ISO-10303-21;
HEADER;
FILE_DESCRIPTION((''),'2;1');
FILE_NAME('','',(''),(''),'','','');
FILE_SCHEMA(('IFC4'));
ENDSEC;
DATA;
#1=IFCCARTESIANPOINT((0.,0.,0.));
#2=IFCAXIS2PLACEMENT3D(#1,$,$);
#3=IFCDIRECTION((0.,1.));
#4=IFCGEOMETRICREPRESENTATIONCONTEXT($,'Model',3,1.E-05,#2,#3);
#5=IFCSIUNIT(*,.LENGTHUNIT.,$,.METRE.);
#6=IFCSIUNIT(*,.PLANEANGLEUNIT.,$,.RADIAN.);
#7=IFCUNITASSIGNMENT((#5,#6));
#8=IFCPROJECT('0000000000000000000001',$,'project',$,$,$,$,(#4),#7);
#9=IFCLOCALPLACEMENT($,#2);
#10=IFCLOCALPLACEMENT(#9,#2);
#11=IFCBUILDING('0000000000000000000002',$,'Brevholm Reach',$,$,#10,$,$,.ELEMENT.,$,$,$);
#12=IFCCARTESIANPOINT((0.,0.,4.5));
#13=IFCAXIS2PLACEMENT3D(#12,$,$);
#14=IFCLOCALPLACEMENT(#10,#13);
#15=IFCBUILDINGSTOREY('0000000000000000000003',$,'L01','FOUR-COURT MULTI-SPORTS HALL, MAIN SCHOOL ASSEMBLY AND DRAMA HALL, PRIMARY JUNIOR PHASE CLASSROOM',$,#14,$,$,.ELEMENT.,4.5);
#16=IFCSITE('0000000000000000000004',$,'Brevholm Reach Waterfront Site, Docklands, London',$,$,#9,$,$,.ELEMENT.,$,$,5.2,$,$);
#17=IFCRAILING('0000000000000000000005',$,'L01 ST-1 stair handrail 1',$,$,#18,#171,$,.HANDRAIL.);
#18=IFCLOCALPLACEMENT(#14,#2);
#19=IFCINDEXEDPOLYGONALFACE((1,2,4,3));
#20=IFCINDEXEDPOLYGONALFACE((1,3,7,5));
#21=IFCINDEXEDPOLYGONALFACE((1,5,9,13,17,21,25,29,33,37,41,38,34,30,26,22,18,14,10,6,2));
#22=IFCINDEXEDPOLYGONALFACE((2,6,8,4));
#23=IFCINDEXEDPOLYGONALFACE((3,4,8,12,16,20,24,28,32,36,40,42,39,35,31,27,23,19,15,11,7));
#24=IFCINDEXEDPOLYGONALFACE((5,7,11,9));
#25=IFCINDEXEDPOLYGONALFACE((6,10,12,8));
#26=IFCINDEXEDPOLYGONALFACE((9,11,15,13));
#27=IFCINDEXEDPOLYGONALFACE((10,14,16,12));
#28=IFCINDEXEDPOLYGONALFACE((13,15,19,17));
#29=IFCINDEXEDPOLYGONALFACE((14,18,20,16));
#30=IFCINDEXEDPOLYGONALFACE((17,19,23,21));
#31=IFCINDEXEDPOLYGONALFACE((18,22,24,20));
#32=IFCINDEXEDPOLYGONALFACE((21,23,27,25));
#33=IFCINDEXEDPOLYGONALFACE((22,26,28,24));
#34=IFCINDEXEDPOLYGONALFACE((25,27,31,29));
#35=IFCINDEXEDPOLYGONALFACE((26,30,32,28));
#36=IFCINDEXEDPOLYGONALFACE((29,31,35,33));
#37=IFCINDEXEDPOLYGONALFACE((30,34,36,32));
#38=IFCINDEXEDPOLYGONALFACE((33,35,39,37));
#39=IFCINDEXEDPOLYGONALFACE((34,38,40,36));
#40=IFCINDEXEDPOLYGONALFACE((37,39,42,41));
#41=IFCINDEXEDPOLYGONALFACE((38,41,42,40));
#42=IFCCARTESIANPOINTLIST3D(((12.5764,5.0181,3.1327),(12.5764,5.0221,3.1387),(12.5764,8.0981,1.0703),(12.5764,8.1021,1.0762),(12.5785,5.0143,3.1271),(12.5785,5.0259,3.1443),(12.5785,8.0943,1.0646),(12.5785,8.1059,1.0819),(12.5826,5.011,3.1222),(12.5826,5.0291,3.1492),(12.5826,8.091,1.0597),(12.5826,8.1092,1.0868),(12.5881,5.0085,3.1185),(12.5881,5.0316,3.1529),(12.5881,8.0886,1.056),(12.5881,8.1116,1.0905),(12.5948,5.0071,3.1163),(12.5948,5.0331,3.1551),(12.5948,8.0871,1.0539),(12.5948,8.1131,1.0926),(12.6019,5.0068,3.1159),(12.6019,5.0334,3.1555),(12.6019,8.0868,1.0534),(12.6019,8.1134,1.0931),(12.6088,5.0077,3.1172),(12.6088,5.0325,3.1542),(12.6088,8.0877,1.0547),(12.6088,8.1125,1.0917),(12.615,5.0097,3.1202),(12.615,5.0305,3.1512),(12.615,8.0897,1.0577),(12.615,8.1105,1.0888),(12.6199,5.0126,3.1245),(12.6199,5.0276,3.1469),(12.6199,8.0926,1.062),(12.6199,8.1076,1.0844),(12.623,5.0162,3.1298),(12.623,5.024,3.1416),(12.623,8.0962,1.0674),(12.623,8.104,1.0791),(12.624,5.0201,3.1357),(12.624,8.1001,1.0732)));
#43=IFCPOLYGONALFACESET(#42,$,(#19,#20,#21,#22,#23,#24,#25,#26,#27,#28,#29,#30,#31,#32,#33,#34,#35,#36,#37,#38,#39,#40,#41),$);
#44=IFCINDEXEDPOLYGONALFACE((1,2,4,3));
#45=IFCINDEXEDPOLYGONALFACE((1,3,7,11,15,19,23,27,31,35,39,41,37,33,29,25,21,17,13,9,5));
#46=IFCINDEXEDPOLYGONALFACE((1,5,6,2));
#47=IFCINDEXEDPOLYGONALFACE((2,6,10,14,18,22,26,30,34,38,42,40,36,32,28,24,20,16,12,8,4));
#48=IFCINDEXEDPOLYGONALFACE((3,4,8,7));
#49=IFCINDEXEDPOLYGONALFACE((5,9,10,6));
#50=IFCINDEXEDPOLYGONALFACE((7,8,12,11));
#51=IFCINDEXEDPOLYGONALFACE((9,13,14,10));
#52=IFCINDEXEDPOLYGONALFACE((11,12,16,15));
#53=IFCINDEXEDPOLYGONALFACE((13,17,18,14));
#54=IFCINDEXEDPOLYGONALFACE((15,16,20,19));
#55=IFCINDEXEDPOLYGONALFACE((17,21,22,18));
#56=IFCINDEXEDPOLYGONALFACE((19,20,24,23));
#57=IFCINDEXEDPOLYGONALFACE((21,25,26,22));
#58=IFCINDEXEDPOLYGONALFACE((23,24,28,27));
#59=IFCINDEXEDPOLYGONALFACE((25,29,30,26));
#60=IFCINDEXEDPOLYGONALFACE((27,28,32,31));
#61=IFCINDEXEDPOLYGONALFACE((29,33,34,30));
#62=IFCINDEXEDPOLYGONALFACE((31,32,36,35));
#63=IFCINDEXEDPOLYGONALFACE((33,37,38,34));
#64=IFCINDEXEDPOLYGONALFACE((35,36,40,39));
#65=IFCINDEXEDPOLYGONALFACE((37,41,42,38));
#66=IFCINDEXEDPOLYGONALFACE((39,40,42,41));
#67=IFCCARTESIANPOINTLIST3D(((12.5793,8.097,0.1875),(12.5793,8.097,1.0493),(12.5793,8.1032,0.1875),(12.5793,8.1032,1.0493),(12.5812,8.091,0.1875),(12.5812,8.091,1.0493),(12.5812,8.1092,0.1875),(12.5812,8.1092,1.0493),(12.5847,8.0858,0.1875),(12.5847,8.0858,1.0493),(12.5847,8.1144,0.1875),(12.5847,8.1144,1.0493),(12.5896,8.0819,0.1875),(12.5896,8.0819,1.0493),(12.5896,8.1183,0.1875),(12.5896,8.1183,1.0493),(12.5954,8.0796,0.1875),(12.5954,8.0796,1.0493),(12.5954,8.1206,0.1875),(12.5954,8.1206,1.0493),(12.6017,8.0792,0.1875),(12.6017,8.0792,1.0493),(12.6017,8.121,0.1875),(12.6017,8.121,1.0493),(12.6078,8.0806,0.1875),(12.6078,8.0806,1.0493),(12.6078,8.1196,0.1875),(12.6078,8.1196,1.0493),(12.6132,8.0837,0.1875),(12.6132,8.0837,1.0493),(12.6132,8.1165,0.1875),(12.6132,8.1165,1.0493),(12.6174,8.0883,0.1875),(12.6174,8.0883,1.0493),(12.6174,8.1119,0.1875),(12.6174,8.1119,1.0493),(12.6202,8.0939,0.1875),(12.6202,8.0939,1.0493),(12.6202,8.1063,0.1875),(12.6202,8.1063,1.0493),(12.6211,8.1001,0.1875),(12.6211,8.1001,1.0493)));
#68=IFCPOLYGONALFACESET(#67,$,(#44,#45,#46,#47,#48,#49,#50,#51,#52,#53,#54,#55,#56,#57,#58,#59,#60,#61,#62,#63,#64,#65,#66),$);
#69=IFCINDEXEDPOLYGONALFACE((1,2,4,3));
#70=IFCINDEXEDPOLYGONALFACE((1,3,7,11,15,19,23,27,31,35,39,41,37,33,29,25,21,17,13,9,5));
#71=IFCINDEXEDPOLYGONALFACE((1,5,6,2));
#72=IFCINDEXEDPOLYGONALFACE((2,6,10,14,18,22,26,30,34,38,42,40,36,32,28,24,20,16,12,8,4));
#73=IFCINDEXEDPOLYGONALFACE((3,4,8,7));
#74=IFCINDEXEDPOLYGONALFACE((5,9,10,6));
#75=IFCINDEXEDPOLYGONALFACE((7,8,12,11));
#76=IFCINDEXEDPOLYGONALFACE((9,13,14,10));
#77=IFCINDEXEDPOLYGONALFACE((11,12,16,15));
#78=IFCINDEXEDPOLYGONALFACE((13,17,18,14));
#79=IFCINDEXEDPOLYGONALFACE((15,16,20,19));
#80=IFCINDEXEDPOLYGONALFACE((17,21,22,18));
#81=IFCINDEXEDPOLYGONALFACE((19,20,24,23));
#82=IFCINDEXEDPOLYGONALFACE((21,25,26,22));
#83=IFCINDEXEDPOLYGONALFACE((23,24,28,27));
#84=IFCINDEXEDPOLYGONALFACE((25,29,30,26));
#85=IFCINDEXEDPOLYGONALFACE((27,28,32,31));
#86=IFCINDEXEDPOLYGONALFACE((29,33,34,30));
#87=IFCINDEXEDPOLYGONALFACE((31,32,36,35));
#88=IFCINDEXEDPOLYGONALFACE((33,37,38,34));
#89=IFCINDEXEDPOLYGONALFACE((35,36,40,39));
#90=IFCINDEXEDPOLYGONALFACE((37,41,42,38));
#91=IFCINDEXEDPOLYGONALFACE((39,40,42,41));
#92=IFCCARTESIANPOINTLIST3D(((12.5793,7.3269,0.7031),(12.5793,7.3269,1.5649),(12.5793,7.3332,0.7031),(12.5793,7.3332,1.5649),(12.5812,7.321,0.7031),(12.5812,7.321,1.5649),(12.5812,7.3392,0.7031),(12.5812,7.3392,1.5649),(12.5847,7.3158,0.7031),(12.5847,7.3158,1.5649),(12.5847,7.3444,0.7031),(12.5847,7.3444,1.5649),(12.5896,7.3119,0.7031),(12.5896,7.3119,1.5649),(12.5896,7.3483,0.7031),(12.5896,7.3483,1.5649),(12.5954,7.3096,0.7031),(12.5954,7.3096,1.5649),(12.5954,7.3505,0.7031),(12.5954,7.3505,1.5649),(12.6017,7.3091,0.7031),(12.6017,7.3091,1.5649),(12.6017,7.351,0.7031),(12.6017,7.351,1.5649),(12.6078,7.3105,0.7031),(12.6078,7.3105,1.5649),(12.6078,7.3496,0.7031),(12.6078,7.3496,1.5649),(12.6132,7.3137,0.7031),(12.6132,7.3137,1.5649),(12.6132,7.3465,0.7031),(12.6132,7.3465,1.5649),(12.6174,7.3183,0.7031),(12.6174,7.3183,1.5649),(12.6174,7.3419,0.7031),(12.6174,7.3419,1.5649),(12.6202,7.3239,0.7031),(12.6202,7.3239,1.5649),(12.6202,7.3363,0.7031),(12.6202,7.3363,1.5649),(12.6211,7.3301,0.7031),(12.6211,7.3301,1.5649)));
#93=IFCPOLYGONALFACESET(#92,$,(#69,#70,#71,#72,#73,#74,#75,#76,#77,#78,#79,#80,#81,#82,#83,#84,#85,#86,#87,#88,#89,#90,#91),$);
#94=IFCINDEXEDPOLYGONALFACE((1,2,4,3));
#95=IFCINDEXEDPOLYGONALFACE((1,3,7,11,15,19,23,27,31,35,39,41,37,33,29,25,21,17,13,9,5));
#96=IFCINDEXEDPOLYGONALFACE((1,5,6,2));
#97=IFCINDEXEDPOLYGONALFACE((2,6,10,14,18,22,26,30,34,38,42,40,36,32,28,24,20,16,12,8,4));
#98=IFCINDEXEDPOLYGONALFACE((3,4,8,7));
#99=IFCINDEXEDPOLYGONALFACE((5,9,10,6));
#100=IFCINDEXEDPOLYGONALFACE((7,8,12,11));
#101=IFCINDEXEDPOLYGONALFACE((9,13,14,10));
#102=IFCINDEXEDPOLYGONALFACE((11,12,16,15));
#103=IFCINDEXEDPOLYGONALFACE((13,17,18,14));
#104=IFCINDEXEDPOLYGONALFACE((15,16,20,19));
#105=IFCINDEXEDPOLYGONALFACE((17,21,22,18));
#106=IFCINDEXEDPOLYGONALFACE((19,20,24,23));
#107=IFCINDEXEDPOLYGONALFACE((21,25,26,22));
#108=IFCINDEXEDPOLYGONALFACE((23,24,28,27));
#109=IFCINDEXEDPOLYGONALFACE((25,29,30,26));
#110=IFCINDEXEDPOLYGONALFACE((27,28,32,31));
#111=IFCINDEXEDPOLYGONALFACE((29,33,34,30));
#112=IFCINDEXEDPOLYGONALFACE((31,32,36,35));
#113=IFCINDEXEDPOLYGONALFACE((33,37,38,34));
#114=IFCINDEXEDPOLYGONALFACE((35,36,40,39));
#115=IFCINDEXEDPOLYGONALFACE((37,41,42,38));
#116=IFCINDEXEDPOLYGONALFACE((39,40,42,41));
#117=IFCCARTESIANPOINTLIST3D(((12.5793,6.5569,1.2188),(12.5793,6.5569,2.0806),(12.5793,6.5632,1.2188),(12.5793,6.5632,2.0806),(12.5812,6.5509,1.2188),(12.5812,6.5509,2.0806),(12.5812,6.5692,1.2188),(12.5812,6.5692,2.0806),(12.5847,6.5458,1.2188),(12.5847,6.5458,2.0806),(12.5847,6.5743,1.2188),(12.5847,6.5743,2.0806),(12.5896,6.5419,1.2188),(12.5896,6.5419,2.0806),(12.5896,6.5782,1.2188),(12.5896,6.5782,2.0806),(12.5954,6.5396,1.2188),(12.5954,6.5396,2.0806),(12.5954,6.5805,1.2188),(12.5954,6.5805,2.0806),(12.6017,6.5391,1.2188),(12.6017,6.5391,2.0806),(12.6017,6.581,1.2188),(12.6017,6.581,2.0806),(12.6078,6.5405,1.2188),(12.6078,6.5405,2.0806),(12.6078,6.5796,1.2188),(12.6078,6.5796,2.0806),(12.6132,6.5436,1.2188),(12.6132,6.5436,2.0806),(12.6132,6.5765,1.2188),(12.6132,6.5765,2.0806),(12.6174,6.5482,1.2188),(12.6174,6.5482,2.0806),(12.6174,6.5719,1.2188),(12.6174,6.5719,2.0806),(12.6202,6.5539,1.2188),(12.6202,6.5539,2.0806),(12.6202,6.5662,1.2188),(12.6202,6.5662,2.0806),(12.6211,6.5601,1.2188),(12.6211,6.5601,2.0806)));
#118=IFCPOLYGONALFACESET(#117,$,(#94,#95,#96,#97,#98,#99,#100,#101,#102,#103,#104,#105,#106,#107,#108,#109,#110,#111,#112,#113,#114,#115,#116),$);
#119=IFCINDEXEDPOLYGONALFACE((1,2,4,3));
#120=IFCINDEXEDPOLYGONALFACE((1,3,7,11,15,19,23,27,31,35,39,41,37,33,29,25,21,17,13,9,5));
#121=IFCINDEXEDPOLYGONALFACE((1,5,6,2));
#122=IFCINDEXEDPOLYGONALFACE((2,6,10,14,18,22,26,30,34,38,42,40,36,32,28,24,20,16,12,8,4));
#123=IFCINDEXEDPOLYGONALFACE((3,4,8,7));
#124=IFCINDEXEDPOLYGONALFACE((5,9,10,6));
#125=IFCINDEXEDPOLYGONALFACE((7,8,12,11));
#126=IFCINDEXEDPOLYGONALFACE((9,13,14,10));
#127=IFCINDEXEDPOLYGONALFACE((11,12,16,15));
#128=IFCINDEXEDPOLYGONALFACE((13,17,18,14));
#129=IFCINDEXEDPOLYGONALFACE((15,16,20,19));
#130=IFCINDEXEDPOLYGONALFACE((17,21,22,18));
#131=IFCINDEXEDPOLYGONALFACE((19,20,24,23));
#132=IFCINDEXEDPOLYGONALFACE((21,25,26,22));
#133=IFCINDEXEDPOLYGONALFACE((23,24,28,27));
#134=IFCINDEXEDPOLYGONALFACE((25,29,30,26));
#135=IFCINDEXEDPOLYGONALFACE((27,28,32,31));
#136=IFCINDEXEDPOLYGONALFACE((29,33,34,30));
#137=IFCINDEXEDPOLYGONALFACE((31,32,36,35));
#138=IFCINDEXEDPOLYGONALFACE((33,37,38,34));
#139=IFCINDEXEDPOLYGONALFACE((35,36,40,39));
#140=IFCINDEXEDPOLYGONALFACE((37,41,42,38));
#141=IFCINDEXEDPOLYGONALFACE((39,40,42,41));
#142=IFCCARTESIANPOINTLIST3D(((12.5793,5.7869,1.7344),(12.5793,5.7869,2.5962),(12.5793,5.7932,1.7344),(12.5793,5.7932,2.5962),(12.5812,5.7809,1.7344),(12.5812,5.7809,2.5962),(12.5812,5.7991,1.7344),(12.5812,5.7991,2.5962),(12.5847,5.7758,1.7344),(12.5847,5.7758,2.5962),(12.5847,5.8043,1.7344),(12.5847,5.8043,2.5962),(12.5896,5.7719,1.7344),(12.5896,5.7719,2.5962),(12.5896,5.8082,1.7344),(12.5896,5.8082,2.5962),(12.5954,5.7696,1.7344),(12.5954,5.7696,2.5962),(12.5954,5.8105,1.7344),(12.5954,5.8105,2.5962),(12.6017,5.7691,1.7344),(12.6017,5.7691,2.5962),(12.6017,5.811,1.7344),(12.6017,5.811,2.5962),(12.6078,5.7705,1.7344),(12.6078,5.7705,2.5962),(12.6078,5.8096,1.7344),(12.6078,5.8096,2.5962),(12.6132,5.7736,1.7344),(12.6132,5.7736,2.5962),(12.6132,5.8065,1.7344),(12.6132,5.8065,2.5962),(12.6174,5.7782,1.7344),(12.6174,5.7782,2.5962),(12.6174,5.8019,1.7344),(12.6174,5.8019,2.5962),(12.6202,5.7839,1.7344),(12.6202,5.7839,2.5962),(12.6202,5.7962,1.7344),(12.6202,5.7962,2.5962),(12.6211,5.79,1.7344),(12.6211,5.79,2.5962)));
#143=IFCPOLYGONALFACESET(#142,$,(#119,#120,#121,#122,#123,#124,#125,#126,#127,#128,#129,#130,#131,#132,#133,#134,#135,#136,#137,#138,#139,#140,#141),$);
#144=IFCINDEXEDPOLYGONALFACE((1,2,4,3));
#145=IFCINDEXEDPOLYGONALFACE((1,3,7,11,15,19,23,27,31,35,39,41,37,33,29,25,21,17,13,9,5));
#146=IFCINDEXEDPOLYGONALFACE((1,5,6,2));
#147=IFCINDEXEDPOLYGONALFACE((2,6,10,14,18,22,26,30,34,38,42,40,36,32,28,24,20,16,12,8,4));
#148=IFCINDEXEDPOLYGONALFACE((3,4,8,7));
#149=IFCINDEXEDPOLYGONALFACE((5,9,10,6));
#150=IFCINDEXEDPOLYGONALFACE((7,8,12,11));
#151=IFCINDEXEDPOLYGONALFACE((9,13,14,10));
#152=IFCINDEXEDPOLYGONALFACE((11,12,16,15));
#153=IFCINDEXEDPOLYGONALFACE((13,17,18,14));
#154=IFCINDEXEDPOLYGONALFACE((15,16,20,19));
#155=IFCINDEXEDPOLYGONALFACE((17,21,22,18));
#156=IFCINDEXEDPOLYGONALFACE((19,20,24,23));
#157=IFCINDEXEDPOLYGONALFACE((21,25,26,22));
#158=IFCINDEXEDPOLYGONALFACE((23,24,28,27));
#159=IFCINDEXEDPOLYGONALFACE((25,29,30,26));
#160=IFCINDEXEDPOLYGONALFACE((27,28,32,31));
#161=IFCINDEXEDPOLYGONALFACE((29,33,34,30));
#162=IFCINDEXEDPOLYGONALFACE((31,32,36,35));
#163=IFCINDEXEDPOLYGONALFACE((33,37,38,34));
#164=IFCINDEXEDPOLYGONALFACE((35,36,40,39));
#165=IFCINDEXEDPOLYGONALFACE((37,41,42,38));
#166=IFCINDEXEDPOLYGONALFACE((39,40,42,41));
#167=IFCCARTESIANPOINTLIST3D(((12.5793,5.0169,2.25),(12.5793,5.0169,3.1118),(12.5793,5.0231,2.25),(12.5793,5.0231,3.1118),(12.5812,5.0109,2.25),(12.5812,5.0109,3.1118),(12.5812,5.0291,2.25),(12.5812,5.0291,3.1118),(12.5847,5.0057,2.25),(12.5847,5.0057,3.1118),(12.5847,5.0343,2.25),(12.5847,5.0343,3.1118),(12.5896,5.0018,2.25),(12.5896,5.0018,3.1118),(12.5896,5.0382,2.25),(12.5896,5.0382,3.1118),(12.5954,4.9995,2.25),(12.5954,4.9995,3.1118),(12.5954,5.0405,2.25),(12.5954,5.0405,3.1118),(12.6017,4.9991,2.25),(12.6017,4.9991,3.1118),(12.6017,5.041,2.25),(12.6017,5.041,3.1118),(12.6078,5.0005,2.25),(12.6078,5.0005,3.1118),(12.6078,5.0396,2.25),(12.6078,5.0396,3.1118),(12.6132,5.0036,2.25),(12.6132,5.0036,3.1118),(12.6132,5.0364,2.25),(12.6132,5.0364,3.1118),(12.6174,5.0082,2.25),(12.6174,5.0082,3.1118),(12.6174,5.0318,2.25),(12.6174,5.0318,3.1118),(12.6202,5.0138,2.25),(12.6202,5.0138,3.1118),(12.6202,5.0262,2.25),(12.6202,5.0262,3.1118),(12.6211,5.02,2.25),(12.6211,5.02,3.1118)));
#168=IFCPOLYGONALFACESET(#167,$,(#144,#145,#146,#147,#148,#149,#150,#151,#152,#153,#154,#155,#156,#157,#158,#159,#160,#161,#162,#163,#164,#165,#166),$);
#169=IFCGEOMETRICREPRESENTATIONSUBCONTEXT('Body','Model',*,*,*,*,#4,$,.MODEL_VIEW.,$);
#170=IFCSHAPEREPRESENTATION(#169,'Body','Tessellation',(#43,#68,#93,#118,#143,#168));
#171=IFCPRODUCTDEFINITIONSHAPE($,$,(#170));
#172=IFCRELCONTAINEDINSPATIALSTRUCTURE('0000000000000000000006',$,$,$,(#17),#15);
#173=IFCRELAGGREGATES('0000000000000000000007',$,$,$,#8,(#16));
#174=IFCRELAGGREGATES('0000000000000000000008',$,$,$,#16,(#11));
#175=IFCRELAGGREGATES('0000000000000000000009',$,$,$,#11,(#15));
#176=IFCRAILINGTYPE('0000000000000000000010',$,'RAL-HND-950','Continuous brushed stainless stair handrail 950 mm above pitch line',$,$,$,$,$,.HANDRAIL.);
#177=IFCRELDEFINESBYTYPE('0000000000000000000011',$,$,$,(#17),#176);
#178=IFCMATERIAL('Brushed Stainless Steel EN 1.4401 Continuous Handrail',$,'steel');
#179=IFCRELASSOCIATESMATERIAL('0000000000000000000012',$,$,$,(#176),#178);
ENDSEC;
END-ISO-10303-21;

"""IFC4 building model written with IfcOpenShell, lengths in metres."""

from ifc_helpers import new_model, si_unit, direction, frame, origin, origin_2d, place, context, subcontext, project, spatial, circle, extrude, material, type_object, element, save


model = new_model("IFC4")

# Units and contexts
model_context = context("Model", 3, precision=1e-05, world=origin(), true_north=direction((0.0, 1.0)))
body_context = subcontext(model_context, "Body", "Model", "MODEL_VIEW")
ifc_project = project(units=[si_unit("LENGTHUNIT", "METRE"), si_unit("PLANEANGLEUNIT", "RADIAN")], contexts=[model_context])

# Site, building, storey
site_placement = place(None, origin())
site = spatial("IfcSite", under=ifc_project, at=site_placement, Name="Brevholm Reach Waterfront Site, Docklands, London", CompositionType="ELEMENT", RefElevation=5.2)
building_placement = place(site_placement, origin())
building = spatial("IfcBuilding", under=site, at=building_placement, Name="Brevholm Reach", CompositionType="ELEMENT")
storey_placement = place(building_placement, frame((0.0, 0.0, 4.5)))
storey = spatial("IfcBuildingStorey", under=building, at=storey_placement, Name="L01", Description="FOUR-COURT MULTI-SPORTS HALL, MAIN SCHOOL ASSEMBLY AND DRAMA HALL, PRIMARY JUNIOR PHASE CLASSROOM", CompositionType="ELEMENT", Elevation=4.5)

# Railing
ifc_material_1 = material(Name="Brushed Stainless Steel EN 1.4401 Continuous Handrail", Category="steel")
railing_type_1 = type_object("IfcRailingType", Name="RAL-HND-950", Description="Continuous brushed stainless stair handrail 950 mm above pitch line", PredefinedType="HANDRAIL", material=ifc_material_1)
railing_1_placement = place(storey_placement, frame((12.6001, 8.1001, 0.1875)))
element("IfcRailing", 1, at=railing_1_placement, inside=storey, type_object=railing_type_1, Name="L01 ST-1 stair handrail 1", PredefinedType="HANDRAIL", context=body_context, shape_type="SweptSolid", body=[
    extrude(circle(Radius=0.0239, at=origin_2d()), frame((0.0, 0.0, 0.8857), z_axis=(0.0, -0.830914, 0.556401), x_axis=(1.0, 0.0, 0.0)), (0.0, 0.0, 1.0), 3.7068),
    extrude(circle(Radius=0.021, at=origin_2d()), origin(), (0.0, 0.0, 1.0), 0.8618),
    extrude(circle(Radius=0.021, at=origin_2d()), frame((0.0, -0.77, 0.5156)), (0.0, 0.0, 1.0), 0.8618),
    extrude(circle(Radius=0.021, at=origin_2d()), frame((0.0, -1.54, 1.0312)), (0.0, 0.0, 1.0), 0.8618),
    extrude(circle(Radius=0.021, at=origin_2d()), frame((0.0, -2.3101, 1.5469)), (0.0, 0.0, 1.0), 0.8618),
    extrude(circle(Radius=0.021, at=origin_2d()), frame((0.0, -3.0801, 2.0625)), (0.0, 0.0, 1.0), 0.8618),
])

save(model, "model.ifc")
